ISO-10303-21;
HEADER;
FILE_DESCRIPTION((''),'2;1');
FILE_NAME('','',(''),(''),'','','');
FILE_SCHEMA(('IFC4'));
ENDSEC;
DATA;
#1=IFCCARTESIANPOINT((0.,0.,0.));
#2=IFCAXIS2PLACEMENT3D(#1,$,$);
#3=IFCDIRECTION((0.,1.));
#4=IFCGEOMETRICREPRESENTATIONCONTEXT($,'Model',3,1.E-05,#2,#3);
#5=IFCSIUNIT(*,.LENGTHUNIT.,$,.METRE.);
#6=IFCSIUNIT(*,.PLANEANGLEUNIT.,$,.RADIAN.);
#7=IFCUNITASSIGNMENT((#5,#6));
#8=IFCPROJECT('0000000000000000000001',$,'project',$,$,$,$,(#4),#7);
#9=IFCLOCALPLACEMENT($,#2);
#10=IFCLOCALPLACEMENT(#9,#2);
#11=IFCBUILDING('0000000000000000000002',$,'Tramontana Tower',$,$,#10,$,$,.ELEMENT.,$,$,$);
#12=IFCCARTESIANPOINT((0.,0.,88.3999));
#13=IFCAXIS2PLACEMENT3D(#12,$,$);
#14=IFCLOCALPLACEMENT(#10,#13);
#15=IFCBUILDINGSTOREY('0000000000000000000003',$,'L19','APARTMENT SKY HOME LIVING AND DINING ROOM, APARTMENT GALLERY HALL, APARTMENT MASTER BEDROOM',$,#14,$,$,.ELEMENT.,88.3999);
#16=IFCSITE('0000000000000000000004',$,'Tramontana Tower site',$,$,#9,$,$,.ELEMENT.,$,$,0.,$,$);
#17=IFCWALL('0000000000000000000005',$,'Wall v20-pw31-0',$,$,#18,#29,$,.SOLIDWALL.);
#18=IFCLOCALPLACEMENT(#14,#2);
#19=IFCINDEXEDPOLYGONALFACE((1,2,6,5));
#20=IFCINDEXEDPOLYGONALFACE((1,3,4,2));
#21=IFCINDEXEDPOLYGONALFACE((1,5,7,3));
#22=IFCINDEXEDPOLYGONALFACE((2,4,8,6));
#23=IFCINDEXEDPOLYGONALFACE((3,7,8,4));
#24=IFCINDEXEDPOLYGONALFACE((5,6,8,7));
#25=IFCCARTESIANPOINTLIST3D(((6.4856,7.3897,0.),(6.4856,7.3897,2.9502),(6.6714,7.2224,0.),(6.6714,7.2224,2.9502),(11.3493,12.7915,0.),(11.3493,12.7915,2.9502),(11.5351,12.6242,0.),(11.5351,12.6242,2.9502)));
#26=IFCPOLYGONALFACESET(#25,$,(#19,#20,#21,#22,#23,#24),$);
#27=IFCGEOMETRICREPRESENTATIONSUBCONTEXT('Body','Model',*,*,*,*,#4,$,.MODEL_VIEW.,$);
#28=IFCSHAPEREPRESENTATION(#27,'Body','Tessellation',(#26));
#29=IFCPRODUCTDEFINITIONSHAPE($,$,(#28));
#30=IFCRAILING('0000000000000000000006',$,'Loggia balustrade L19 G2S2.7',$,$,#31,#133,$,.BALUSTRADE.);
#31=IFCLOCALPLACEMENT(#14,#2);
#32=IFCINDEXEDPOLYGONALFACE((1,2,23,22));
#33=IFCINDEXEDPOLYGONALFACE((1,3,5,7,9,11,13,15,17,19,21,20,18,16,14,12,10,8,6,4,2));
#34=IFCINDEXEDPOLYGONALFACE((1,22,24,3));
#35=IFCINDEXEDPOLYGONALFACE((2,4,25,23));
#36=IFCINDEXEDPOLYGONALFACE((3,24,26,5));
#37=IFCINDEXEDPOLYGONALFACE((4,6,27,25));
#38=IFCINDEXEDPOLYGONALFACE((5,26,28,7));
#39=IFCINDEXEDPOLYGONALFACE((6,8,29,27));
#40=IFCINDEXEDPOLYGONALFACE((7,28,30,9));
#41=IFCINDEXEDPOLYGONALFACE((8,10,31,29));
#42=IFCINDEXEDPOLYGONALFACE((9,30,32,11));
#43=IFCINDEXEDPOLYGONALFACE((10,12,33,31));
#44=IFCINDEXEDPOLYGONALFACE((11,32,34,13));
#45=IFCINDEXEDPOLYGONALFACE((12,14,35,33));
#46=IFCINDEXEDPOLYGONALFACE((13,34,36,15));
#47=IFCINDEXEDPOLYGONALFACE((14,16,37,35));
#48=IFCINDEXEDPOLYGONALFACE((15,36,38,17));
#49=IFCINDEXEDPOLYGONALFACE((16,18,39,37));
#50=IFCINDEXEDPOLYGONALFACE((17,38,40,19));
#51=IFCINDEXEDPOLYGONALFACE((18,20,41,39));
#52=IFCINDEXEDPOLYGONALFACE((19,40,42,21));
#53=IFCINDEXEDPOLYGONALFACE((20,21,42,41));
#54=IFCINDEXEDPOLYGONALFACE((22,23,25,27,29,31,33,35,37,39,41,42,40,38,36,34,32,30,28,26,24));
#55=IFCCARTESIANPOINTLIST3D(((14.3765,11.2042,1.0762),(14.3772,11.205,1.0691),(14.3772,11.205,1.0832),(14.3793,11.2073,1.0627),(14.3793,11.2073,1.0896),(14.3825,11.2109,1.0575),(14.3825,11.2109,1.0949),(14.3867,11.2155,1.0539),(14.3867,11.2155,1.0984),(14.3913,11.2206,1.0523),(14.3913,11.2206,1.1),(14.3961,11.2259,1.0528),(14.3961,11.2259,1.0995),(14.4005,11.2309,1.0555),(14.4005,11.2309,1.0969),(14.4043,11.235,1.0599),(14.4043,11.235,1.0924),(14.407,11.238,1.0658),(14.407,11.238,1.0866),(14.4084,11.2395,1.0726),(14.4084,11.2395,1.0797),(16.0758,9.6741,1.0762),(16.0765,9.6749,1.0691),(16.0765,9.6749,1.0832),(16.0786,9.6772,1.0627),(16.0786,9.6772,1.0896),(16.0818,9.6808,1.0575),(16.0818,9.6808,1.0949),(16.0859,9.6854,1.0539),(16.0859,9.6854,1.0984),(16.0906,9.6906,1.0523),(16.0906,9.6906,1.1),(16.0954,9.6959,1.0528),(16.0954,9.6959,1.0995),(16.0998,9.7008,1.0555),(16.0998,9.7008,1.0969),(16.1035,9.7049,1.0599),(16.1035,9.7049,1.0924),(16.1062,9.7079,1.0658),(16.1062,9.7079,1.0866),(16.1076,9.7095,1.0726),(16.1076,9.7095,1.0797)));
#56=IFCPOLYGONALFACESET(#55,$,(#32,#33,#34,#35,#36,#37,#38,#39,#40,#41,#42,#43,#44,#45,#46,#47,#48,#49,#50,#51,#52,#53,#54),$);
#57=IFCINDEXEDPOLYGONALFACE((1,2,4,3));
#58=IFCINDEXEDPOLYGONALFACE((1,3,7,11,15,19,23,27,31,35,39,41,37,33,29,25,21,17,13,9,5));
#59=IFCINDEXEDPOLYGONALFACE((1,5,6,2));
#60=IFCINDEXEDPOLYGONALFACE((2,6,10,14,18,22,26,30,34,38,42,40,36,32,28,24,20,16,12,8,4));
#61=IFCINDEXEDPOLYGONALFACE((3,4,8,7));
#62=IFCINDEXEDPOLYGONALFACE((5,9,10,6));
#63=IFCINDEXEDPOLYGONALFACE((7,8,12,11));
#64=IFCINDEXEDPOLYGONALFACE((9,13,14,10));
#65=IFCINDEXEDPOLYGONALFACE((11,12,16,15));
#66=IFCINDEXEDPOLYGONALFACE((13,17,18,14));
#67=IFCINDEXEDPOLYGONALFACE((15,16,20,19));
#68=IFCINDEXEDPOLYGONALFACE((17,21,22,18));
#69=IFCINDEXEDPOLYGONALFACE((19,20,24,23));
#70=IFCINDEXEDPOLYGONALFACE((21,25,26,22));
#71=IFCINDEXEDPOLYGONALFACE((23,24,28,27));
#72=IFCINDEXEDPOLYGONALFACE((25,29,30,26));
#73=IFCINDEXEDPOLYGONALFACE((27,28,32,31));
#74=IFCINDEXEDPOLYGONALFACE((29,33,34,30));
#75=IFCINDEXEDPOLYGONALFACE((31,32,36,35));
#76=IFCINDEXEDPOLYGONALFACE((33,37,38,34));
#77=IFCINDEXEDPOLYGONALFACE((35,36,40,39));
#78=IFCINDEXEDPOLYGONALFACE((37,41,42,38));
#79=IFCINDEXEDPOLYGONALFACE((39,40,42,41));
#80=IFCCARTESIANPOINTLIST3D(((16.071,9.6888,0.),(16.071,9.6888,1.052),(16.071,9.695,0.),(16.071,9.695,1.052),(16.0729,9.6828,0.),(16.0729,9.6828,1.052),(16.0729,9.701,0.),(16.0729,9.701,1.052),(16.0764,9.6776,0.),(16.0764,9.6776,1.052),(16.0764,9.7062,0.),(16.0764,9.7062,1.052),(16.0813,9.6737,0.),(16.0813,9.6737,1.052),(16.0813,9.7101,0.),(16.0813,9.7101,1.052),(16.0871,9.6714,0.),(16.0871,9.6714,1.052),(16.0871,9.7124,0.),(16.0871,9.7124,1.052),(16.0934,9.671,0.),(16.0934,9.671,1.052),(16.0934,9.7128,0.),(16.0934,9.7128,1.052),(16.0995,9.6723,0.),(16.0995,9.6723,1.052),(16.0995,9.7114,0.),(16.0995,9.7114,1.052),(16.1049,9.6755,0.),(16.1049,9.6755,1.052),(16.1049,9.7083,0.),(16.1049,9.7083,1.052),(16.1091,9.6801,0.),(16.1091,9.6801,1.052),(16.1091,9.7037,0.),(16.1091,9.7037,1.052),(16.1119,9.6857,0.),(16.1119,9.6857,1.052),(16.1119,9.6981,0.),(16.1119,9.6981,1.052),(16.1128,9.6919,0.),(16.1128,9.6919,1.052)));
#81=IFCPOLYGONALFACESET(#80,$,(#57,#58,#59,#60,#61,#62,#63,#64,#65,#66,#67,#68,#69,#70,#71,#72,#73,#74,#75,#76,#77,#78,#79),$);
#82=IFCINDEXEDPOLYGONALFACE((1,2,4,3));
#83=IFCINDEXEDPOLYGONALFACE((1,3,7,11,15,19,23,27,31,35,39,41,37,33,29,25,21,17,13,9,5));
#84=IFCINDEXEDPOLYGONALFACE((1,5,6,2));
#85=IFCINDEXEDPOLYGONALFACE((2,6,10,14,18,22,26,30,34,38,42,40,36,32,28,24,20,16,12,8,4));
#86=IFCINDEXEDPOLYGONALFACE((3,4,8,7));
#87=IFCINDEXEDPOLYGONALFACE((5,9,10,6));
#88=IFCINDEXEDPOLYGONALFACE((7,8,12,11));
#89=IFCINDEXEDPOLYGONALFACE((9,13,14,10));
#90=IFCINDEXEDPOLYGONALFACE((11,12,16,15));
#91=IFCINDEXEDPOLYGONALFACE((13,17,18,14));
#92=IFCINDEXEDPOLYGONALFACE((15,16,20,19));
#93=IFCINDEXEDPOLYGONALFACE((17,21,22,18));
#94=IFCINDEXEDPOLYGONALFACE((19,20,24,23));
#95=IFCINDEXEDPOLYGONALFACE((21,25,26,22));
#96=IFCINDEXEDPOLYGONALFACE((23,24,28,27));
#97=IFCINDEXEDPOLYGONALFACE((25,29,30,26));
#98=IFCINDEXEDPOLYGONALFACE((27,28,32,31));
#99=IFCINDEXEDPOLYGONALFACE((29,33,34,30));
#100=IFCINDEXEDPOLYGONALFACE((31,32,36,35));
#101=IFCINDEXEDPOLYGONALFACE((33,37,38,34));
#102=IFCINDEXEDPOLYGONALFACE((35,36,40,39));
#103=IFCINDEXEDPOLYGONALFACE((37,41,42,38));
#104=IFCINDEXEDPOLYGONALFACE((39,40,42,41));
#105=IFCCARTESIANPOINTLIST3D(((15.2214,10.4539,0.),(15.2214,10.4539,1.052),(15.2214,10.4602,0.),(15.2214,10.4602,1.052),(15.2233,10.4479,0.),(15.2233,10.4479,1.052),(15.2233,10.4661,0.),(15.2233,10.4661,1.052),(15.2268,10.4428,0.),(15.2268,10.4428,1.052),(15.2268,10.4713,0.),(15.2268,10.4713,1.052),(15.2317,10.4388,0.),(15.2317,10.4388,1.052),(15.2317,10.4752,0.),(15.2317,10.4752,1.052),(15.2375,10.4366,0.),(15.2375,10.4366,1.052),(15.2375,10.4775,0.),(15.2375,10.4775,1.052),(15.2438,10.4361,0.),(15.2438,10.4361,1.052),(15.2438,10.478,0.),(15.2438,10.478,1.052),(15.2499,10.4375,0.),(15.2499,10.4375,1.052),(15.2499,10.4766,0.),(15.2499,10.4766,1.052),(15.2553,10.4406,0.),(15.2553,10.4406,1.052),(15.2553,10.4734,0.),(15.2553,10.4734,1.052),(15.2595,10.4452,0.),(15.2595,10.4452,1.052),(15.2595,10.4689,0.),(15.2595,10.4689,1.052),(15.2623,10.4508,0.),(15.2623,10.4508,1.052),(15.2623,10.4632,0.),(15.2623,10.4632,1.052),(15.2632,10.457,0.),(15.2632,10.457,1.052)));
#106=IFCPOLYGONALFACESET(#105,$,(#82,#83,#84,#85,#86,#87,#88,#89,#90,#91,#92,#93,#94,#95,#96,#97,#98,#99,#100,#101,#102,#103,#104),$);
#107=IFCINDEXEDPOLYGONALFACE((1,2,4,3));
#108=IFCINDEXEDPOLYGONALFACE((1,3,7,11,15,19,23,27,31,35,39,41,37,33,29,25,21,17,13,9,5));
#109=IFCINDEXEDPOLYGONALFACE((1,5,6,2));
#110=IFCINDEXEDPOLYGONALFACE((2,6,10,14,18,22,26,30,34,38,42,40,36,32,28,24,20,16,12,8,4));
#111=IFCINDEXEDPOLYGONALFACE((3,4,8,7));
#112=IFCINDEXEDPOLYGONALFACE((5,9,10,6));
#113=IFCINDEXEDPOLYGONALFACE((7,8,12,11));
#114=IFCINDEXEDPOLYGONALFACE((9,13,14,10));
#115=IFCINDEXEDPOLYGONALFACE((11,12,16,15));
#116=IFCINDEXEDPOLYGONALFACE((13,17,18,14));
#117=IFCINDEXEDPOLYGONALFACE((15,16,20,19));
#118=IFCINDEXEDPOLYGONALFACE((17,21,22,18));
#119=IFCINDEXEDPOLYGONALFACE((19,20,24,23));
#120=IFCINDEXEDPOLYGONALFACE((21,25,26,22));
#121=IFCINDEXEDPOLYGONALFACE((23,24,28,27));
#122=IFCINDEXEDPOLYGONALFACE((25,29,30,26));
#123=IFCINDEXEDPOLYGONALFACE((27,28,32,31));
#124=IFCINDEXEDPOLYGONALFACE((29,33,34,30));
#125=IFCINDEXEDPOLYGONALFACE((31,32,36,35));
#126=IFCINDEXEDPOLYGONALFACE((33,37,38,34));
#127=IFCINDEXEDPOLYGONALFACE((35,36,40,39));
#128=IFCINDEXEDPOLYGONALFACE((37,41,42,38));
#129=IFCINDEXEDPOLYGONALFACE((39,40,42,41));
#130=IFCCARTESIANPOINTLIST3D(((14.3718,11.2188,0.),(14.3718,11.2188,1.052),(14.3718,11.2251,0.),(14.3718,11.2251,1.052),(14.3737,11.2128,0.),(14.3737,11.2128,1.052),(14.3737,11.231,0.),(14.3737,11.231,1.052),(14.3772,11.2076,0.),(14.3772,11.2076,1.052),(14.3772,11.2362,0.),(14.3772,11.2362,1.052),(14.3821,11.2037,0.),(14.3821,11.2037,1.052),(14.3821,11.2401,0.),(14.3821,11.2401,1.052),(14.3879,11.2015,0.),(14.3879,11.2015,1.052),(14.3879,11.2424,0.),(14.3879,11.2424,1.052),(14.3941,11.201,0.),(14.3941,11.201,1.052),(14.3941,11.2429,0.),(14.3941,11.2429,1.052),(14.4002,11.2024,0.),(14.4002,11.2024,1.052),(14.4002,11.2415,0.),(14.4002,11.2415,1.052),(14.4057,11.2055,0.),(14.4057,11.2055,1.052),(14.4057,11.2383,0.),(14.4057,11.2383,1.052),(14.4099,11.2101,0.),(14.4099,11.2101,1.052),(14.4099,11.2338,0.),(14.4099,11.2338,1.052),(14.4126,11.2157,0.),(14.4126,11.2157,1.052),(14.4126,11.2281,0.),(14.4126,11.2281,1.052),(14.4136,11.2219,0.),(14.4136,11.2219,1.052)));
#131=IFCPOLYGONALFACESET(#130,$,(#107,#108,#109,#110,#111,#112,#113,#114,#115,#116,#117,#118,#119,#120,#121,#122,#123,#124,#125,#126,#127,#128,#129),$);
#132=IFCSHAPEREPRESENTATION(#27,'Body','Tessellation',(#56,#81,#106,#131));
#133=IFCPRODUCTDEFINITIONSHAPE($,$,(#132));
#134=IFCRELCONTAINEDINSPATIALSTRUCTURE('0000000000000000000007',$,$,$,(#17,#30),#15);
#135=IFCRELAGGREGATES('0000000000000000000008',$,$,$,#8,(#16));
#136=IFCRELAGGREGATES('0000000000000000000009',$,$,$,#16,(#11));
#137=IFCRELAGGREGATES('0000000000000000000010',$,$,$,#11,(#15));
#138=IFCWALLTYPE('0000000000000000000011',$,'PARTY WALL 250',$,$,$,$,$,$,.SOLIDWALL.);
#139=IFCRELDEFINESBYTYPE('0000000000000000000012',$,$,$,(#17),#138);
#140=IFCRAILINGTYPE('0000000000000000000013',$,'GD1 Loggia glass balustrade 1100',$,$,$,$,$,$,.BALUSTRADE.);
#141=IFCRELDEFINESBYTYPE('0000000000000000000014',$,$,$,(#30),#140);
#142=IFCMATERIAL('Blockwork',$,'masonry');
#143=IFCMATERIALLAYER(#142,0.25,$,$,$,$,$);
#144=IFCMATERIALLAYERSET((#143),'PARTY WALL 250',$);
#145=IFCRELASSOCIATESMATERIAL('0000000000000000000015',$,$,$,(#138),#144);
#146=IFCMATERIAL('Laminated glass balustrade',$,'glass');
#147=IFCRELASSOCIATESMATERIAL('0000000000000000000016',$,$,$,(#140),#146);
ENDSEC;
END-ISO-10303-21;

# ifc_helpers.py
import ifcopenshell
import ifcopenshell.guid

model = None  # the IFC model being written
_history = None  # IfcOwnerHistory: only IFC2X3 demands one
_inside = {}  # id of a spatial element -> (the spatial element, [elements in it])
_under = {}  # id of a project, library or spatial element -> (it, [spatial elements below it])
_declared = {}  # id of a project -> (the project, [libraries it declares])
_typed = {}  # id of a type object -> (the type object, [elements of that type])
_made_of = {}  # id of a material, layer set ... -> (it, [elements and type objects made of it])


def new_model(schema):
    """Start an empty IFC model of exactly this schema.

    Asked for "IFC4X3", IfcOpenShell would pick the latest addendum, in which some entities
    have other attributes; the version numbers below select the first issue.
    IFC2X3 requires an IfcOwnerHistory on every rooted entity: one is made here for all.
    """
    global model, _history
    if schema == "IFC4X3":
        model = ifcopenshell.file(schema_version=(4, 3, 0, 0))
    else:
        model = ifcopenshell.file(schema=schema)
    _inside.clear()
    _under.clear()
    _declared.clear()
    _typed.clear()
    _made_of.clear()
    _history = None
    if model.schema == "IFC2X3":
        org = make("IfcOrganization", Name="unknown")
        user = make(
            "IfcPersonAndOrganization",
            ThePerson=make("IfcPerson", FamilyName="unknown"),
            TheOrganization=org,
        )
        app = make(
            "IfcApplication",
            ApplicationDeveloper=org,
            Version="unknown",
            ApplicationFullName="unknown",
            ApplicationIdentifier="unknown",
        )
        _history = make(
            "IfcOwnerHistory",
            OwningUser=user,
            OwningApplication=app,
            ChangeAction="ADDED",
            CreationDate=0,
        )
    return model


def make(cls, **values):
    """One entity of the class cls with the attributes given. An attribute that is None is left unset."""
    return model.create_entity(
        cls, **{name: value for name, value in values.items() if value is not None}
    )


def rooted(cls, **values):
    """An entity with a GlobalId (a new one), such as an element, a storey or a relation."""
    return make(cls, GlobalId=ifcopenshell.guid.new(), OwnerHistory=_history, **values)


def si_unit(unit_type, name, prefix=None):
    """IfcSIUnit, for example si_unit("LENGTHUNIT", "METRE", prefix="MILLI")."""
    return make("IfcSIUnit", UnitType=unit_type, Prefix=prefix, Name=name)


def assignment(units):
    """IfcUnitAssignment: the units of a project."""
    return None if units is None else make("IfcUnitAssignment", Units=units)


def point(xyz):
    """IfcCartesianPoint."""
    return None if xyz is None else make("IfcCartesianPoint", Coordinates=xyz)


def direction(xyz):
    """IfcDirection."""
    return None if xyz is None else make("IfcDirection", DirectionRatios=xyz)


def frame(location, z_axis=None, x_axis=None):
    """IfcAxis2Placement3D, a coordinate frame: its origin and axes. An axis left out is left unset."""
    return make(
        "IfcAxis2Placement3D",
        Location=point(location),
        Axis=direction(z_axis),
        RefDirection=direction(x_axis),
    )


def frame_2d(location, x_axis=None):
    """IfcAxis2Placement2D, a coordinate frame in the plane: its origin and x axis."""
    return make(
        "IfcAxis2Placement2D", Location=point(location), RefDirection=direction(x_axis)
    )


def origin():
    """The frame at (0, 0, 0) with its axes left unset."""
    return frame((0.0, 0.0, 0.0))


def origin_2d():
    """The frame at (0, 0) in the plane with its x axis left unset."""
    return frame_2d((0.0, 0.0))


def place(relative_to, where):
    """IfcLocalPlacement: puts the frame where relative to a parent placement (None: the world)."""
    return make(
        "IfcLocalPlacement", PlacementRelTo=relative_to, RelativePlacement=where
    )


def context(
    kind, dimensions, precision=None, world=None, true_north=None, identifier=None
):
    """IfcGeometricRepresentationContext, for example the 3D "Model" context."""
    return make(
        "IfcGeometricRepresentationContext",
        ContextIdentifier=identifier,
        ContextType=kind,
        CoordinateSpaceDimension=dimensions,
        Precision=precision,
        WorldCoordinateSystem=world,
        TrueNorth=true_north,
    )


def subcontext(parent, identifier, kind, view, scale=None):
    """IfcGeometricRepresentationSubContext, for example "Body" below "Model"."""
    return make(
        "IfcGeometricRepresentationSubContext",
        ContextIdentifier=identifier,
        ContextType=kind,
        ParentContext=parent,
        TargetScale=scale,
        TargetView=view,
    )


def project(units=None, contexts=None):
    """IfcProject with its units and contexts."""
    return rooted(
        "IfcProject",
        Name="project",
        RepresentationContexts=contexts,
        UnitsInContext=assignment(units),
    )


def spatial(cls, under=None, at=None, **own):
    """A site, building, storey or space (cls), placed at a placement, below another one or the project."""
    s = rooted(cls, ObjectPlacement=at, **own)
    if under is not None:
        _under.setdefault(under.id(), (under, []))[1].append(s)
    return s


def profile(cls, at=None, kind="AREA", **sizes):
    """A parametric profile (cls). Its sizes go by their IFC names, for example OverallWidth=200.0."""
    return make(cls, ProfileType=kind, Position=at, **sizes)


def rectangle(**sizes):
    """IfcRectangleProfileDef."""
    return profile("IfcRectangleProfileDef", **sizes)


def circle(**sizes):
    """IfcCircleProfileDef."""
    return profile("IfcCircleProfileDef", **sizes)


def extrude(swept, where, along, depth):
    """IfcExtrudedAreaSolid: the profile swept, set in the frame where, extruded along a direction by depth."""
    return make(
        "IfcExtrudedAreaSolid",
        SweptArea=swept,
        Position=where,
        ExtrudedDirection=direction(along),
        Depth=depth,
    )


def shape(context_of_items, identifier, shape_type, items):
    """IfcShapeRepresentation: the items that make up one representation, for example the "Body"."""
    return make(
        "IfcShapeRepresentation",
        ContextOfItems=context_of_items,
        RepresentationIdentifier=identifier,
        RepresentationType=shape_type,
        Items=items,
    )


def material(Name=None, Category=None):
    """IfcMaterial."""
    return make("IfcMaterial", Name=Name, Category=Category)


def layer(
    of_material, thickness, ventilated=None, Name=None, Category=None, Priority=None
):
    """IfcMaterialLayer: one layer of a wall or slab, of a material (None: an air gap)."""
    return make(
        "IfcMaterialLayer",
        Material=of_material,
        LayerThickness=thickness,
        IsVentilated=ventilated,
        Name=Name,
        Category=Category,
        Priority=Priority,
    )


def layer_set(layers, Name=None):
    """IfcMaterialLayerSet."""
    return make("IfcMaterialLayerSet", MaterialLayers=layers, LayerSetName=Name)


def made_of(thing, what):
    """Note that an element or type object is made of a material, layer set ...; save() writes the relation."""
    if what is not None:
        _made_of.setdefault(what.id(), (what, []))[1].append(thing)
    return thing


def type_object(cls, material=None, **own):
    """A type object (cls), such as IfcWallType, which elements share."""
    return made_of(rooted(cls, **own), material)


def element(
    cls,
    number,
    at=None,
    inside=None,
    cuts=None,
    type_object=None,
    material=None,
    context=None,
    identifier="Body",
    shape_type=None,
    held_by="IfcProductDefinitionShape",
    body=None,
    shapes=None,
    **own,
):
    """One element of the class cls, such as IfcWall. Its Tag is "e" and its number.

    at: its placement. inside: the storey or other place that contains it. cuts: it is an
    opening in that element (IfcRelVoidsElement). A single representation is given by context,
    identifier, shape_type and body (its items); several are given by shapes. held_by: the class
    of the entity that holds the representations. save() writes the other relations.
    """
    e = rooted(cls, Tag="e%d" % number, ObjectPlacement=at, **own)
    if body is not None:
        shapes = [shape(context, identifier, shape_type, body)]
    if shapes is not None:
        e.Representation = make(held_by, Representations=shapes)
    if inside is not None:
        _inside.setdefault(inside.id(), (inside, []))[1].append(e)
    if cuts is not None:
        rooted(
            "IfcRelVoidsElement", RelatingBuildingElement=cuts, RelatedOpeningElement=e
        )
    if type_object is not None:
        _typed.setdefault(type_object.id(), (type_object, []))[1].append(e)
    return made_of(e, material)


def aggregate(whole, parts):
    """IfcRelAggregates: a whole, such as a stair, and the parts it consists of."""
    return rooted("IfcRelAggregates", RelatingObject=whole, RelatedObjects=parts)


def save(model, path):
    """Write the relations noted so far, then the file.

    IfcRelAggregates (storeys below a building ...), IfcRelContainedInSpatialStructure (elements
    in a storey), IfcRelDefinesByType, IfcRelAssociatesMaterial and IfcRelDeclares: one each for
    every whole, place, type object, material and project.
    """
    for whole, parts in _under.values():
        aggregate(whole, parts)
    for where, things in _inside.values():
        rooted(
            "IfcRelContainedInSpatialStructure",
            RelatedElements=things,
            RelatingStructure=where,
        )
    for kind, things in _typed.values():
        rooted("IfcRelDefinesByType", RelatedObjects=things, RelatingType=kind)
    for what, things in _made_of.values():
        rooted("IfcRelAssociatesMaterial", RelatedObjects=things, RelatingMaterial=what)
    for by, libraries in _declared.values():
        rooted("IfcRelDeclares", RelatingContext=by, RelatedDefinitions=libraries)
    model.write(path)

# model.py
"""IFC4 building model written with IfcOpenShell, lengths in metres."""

from ifc_helpers import new_model, si_unit, direction, frame, frame_2d, origin, origin_2d, place, context, subcontext, project, spatial, rectangle, circle, extrude, material, layer, layer_set, type_object, element, save


model = new_model("IFC4")

# Units and contexts
model_context = context("Model", 3, precision=1e-05, world=origin(), true_north=direction((0.0, 1.0)))
body_context = subcontext(model_context, "Body", "Model", "MODEL_VIEW")
ifc_project = project(units=[si_unit("LENGTHUNIT", "METRE"), si_unit("PLANEANGLEUNIT", "RADIAN")], contexts=[model_context])

# Site, building, storey
site_placement = place(None, origin())
site = spatial("IfcSite", under=ifc_project, at=site_placement, Name="Tramontana Tower site", CompositionType="ELEMENT", RefElevation=0.0)
building_placement = place(site_placement, origin())
building = spatial("IfcBuilding", under=site, at=building_placement, Name="Tramontana Tower", CompositionType="ELEMENT")
storey_placement = place(building_placement, frame((0.0, 0.0, 88.3999)))
storey = spatial("IfcBuildingStorey", under=building, at=storey_placement, Name="L19", Description="APARTMENT SKY HOME LIVING AND DINING ROOM, APARTMENT GALLERY HALL, APARTMENT MASTER BEDROOM", CompositionType="ELEMENT", Elevation=88.3999)

# Wall
ifc_material_1 = material(Name="Blockwork", Category="masonry")
ifc_layer_1 = layer(ifc_material_1, 0.25)
ifc_layer_set_1 = layer_set([ifc_layer_1], Name="PARTY WALL 250")
wall_type_1 = type_object("IfcWallType", Name="PARTY WALL 250", PredefinedType="SOLIDWALL", material=ifc_layer_set_1)
wall_1_placement = place(storey_placement, frame((11.4421, 12.7078, 0.0), z_axis=(0.0, 0.0, 1.0), x_axis=(-0.669124, -0.743151, 0.0)))
element("IfcWall", 1, at=wall_1_placement, inside=storey, type_object=wall_type_1, Name="Wall v20-pw31-0", PredefinedType="SOLIDWALL", context=body_context, shape_type="SweptSolid", body=[
    extrude(rectangle(XDim=7.2688, YDim=0.25, at=frame_2d((3.6343, 0.0))), origin(), (0.0, 0.0, 1.0), 2.9502),
])

# Railing
ifc_material_2 = material(Name="Laminated glass balustrade", Category="glass")
railing_type = type_object("IfcRailingType", Name="GD1 Loggia glass balustrade 1100", PredefinedType="BALUSTRADE", material=ifc_material_2)
railing_1_placement = place(storey_placement, frame((16.0918, 9.6919, 0.0)))
element("IfcRailing", 2, at=railing_1_placement, inside=storey, type_object=railing_type, Name="Loggia balustrade L19 G2S2.7", PredefinedType="BALUSTRADE", context=body_context, shape_type="SweptSolid", body=[
    extrude(circle(Radius=0.0239, at=origin_2d()), frame((0.0, 0.0, 1.0762), z_axis=(-0.743135, 0.669142, 0.0), x_axis=(-0.669142, -0.743135, 0.0)), (0.0, 0.0, 1.0), 2.2866),
    extrude(circle(Radius=0.021, at=origin_2d()), origin(), (0.0, 0.0, 1.0), 1.052),
    extrude(circle(Radius=0.021, at=origin_2d()), frame((-0.8496, 0.7651, 0.0)), (0.0, 0.0, 1.0), 1.052),
    extrude(circle(Radius=0.021, at=origin_2d()), frame((-1.6992, 1.53, 0.0)), (0.0, 0.0, 1.0), 1.052),
])

save(model, "model.ifc")
